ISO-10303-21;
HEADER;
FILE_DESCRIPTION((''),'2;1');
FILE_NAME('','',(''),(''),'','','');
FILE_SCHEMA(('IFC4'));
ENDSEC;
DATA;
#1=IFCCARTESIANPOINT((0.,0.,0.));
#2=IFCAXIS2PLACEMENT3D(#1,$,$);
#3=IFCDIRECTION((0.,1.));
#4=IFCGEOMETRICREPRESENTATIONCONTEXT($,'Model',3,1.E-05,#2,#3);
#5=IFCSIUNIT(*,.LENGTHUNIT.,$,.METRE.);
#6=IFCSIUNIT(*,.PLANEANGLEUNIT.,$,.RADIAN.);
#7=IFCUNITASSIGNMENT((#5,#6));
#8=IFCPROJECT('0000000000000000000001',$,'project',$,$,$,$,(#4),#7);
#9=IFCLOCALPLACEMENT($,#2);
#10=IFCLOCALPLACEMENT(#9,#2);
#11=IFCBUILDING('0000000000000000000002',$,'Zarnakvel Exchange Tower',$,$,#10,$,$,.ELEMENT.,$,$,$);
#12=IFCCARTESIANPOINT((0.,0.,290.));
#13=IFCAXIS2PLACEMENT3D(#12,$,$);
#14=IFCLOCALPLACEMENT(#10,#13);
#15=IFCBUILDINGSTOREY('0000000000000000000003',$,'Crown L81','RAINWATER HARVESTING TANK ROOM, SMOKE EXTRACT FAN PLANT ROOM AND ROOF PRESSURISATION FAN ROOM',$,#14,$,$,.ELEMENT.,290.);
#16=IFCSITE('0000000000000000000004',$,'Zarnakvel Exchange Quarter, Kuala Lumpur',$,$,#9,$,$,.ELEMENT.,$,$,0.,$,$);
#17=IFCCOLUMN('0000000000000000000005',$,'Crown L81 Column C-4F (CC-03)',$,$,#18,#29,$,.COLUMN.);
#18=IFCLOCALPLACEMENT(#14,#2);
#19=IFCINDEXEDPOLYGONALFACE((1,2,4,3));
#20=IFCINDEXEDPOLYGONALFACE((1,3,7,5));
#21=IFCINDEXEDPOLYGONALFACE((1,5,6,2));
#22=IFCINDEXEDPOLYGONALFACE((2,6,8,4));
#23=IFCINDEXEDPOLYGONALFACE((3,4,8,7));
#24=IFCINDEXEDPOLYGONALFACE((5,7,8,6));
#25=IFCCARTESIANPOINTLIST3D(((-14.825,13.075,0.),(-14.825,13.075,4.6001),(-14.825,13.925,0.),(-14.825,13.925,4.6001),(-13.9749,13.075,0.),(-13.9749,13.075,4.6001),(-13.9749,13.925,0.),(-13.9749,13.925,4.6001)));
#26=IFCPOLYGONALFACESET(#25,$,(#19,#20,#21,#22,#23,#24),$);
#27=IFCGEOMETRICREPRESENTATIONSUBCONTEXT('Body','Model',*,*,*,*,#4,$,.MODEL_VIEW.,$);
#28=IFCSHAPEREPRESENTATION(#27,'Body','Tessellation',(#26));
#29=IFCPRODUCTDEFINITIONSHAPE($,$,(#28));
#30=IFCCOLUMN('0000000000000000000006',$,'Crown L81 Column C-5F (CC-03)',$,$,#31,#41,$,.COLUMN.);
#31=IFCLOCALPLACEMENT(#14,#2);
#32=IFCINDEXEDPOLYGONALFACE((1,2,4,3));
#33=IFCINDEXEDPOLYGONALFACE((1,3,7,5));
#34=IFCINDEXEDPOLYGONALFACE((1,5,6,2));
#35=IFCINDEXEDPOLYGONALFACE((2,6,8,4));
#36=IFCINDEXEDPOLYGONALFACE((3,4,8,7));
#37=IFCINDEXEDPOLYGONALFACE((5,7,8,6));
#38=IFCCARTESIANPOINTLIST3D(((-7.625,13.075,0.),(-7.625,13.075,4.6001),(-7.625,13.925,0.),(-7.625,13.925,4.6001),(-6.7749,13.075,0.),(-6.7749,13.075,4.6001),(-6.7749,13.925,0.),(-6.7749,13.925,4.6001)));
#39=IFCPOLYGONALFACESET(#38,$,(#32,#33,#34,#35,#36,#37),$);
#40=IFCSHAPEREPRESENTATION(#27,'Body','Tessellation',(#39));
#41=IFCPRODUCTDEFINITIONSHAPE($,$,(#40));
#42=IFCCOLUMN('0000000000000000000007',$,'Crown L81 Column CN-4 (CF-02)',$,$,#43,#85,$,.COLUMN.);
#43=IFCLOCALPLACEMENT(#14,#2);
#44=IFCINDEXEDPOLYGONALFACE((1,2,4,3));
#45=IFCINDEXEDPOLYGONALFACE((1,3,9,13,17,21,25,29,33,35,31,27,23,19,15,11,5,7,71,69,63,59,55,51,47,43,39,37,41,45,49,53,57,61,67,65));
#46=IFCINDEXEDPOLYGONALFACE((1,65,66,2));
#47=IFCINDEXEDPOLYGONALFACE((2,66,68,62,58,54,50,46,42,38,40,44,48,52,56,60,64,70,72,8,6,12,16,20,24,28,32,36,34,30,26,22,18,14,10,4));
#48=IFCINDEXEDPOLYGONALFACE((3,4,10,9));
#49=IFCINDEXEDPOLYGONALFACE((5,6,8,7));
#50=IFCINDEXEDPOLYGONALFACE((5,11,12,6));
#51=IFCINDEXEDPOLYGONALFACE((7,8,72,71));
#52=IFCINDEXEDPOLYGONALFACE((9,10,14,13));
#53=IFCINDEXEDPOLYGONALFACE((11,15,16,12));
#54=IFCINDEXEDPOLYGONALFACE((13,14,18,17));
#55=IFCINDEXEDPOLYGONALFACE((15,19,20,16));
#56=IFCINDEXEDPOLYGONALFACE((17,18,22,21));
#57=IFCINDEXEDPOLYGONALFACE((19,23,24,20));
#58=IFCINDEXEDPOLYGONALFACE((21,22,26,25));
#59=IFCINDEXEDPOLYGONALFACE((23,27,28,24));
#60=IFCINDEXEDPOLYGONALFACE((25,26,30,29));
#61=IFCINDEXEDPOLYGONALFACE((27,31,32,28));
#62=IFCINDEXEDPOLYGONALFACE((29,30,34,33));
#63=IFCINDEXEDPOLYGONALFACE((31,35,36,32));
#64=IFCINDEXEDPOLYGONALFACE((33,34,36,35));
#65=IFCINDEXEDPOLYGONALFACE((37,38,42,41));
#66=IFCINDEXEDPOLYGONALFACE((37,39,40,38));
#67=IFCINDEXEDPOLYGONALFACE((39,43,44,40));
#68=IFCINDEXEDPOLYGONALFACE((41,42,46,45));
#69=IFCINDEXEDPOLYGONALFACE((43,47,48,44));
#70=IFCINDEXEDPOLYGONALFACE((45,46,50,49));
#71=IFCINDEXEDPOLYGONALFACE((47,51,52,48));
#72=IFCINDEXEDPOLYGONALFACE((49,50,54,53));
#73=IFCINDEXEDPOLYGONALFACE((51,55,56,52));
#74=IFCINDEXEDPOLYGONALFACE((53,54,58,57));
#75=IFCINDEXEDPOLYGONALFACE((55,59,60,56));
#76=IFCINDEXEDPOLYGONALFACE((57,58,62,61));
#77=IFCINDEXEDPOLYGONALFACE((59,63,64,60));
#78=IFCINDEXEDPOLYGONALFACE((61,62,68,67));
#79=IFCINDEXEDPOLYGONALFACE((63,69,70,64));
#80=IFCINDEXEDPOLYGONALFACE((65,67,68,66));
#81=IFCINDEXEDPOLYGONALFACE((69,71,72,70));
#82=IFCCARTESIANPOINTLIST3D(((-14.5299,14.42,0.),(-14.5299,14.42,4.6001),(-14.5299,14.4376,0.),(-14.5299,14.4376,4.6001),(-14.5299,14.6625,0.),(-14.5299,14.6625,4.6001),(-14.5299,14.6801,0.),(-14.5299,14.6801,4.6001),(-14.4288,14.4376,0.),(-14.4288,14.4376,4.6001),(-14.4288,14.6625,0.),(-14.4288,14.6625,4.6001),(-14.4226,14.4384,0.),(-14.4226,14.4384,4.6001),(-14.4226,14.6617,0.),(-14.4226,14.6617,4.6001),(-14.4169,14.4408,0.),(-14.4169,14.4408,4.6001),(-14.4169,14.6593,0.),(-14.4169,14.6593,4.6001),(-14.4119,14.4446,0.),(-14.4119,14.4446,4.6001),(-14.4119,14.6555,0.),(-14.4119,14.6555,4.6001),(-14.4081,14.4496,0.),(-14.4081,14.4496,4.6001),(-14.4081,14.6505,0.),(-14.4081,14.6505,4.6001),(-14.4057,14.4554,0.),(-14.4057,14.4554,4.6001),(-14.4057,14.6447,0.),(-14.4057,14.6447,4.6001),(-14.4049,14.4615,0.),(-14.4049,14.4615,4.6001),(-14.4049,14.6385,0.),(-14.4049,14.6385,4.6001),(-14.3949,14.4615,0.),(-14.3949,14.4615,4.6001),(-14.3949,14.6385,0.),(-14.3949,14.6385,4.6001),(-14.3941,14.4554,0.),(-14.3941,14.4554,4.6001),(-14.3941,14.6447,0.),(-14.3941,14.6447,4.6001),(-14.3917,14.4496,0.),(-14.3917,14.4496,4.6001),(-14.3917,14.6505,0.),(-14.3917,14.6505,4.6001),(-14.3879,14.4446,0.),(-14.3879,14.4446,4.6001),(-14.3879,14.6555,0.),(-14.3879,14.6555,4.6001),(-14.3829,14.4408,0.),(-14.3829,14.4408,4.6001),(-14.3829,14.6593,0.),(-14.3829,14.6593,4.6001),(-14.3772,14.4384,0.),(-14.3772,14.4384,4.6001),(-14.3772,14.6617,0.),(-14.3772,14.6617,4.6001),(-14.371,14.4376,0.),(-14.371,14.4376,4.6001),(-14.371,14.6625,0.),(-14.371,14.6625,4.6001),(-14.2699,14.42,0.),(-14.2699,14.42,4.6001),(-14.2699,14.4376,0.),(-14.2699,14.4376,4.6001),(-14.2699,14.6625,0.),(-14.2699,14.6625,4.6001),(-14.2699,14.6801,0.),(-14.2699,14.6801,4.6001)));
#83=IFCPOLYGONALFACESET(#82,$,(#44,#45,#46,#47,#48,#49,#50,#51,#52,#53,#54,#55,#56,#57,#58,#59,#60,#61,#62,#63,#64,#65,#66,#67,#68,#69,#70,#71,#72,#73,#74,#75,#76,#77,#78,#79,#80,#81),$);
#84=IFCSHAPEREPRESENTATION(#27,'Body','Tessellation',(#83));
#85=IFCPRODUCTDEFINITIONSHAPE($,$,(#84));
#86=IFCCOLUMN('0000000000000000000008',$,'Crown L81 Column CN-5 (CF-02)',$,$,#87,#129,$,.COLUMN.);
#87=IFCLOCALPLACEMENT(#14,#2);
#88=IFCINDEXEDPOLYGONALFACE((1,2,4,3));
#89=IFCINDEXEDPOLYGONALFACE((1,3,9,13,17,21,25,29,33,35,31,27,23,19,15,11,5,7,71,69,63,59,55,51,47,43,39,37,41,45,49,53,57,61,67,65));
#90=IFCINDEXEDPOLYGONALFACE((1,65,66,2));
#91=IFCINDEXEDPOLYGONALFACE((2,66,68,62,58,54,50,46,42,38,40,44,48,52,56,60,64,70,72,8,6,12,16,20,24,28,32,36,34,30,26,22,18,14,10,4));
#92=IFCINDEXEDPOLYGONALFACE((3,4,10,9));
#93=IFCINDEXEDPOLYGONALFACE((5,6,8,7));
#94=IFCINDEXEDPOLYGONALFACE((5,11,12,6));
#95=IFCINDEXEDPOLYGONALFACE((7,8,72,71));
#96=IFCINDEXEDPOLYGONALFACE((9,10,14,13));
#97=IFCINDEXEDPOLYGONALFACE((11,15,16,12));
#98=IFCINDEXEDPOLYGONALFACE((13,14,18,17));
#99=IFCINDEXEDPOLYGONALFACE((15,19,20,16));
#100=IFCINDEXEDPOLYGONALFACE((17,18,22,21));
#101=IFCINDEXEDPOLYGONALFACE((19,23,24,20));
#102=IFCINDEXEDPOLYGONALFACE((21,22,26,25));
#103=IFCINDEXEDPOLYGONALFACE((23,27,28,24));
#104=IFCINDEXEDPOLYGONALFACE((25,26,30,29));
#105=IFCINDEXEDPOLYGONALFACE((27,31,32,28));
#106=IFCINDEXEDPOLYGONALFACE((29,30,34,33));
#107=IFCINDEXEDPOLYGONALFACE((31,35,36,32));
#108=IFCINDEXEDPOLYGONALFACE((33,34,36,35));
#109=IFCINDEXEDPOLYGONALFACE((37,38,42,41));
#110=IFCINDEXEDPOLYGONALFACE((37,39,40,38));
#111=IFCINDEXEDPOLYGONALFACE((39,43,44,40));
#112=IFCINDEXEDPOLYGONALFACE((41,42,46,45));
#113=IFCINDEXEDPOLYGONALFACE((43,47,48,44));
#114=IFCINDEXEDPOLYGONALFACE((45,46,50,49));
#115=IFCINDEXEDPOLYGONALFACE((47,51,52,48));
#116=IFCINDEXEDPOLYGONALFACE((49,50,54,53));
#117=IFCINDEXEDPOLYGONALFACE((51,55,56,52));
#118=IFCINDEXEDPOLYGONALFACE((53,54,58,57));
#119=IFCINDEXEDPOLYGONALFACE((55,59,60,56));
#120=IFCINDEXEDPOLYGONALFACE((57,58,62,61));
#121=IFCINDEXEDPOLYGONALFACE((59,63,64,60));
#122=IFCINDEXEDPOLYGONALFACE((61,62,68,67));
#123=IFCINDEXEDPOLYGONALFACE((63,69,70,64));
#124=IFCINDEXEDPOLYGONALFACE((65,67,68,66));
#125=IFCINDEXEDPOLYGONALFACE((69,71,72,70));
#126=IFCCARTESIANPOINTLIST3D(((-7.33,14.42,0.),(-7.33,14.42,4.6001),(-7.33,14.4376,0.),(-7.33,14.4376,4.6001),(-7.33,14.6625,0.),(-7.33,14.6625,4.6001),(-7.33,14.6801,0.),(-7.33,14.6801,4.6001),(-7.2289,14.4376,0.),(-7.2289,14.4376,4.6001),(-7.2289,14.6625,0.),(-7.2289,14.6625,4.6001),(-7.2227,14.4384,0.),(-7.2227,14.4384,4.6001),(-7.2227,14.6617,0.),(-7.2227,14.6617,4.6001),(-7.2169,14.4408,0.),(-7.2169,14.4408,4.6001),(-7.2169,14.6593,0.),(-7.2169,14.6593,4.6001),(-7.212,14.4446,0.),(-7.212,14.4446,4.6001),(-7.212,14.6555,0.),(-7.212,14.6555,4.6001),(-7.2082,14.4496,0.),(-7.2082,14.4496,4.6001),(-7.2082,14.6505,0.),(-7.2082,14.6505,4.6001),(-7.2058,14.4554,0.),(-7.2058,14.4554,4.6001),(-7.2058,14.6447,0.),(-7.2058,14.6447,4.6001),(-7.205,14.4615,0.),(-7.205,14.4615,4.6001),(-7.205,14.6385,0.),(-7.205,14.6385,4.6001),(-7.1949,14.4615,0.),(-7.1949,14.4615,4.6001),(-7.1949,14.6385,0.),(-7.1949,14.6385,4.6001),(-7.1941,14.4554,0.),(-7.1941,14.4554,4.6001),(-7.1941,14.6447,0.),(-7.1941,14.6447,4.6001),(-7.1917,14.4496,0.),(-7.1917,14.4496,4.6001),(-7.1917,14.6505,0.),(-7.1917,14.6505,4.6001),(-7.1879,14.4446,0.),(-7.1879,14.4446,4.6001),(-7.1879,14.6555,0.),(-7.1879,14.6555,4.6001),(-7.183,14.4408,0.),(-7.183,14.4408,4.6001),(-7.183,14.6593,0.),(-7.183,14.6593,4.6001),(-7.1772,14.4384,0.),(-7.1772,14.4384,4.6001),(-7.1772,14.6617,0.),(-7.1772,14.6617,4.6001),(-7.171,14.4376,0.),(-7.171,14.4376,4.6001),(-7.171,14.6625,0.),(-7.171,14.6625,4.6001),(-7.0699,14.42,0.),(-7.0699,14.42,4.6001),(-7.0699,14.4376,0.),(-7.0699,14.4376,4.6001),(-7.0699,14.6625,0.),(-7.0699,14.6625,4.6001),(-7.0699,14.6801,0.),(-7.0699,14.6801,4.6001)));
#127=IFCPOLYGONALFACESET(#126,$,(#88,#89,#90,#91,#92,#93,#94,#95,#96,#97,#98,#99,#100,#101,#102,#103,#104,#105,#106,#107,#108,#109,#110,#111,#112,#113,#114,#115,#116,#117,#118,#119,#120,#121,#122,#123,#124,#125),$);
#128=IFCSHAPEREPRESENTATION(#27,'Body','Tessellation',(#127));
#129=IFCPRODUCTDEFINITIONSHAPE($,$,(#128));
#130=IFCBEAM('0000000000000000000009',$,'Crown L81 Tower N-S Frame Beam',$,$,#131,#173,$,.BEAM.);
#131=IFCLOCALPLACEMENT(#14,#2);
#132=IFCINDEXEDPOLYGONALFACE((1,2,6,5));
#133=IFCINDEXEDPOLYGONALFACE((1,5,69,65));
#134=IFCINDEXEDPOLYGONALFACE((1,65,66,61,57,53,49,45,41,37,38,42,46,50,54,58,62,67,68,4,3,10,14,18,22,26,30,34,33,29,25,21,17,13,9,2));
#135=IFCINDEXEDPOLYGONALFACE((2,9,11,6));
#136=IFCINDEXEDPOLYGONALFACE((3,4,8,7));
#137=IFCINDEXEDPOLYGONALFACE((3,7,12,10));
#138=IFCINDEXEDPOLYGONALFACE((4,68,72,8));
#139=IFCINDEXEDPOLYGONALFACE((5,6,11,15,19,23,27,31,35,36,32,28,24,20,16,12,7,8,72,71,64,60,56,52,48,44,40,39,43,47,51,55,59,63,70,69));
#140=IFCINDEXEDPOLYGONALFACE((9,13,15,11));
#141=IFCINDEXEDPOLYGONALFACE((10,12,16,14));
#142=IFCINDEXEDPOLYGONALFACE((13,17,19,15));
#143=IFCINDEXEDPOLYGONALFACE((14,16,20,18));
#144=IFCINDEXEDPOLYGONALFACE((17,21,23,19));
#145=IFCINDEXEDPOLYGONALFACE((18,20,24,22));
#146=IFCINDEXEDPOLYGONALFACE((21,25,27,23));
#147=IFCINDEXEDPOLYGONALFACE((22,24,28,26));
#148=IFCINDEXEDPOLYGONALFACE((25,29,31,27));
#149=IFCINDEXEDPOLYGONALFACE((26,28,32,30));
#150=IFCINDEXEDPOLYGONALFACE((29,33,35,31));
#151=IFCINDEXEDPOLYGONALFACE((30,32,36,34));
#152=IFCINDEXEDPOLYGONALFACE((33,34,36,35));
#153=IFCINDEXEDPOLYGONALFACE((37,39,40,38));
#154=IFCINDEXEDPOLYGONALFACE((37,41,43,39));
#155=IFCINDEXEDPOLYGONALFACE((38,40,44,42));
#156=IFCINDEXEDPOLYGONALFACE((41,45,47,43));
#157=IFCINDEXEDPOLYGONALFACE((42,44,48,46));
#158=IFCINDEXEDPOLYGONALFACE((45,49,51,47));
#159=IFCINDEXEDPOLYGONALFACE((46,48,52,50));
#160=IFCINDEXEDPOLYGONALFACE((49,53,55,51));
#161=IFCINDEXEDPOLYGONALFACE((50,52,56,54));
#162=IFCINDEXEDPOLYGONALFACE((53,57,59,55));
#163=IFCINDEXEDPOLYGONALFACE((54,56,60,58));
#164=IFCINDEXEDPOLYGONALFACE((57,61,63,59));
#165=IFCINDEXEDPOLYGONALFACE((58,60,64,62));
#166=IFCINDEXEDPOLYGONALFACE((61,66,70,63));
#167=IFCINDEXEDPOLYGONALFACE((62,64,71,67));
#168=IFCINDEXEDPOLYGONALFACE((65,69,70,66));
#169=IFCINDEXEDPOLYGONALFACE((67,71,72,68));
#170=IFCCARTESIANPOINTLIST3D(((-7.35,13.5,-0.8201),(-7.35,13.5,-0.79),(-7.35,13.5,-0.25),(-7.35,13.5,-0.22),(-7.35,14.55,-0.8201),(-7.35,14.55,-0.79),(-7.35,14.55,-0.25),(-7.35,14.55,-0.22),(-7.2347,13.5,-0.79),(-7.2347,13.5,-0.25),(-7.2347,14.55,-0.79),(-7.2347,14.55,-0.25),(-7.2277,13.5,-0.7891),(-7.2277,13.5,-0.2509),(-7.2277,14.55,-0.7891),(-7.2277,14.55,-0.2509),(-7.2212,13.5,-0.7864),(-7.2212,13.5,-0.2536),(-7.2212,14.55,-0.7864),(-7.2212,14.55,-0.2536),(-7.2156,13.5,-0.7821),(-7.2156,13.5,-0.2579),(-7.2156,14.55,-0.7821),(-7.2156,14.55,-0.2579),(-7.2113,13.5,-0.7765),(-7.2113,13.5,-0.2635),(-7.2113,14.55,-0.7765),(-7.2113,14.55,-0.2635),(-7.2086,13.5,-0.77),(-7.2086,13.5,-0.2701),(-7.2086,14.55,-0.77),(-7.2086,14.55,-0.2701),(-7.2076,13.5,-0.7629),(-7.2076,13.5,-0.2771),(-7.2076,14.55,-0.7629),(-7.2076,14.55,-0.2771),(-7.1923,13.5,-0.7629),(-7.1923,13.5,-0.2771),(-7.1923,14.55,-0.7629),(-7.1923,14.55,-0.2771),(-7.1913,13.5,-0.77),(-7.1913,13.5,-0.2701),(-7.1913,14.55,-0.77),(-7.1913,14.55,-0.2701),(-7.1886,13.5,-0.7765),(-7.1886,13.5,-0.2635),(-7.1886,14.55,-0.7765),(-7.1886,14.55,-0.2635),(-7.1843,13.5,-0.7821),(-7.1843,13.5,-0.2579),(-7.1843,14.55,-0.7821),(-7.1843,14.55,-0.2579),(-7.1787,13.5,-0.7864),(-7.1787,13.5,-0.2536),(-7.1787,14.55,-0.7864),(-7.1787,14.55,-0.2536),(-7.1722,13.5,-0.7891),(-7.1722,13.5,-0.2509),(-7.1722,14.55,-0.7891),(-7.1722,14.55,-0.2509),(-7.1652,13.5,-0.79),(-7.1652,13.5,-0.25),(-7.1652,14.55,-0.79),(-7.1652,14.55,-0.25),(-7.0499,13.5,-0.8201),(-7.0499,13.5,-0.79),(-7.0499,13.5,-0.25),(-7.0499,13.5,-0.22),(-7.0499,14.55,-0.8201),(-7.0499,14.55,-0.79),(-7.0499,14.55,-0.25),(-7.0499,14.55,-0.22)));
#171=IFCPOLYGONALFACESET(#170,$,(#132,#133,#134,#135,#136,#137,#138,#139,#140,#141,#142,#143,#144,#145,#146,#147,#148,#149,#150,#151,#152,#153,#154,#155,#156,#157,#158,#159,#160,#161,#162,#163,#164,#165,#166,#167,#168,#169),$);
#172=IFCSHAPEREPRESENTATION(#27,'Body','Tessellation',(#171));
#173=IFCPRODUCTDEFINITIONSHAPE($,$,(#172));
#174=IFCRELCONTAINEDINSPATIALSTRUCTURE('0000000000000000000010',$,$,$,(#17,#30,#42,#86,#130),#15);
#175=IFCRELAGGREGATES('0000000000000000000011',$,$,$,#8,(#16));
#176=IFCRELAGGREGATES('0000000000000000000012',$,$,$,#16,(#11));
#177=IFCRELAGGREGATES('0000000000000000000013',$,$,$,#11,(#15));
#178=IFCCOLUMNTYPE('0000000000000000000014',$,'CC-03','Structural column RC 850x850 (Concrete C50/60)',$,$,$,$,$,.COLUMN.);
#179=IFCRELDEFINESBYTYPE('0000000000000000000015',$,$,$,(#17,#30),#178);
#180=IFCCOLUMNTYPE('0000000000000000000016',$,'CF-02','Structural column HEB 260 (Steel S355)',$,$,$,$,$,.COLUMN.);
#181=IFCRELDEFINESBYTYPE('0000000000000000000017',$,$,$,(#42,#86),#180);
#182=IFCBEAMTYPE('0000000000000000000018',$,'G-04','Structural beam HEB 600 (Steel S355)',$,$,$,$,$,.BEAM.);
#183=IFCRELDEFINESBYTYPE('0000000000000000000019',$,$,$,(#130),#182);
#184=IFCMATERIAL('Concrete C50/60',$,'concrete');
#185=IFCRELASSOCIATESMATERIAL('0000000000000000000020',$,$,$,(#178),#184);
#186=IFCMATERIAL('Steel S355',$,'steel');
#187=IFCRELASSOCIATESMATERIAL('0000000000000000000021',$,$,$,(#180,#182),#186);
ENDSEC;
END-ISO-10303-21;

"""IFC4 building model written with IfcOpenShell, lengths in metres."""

from ifc_helpers import new_model, si_unit, direction, frame, origin, origin_2d, place, context, subcontext, project, spatial, rectangle, i_section, extrude, material, material_profile, profile_set, type_object, element, save


model = new_model("IFC4")

# Units and contexts
model_context = context("Model", 3, precision=1e-05, world=origin(), true_north=direction((0.0, 1.0)))
body_context = subcontext(model_context, "Body", "Model", "MODEL_VIEW")
ifc_project = project(units=[si_unit("LENGTHUNIT", "METRE"), si_unit("PLANEANGLEUNIT", "RADIAN")], contexts=[model_context])

# Site, building, storey
site_placement = place(None, origin())
site = spatial("IfcSite", under=ifc_project, at=site_placement, Name="Zarnakvel Exchange Quarter, Kuala Lumpur", CompositionType="ELEMENT", RefElevation=0.0)
building_placement = place(site_placement, origin())
building = spatial("IfcBuilding", under=site, at=building_placement, Name="Zarnakvel Exchange Tower", CompositionType="ELEMENT")
storey_placement = place(building_placement, frame((0.0, 0.0, 290.0)))
storey = spatial("IfcBuildingStorey", under=building, at=storey_placement, Name="Crown L81", Description="RAINWATER HARVESTING TANK ROOM, SMOKE EXTRACT FAN PLANT ROOM AND ROOF PRESSURISATION FAN ROOM", CompositionType="ELEMENT", Elevation=290.0)

# Columns
ifc_material_1 = material(Name="Concrete C50/60", Category="concrete")
ifc_material_profile_1 = material_profile(ifc_material_1, rectangle(XDim=0.8501, YDim=0.8501, at=origin_2d()))
ifc_profile_set_1 = profile_set([ifc_material_profile_1], Name="Concrete C50/60")
column_type_1 = type_object("IfcColumnType", Name="CC-03", Description="Structural column RC 850x850 (Concrete C50/60)", PredefinedType="COLUMN", material=ifc_profile_set_1)
for number, where, z_axis, x_axis, name in (
    (1, (-14.3999, 13.5, 0.0), (0.0, 0.0, 1.0), (1.0, 0.0, 0.0), "Crown L81 Column C-4F (CC-03)"),
    (2, (-7.2, 13.5, 0.0), (0.0, 0.0, 1.0), (1.0, 0.0, 0.0), "Crown L81 Column C-5F (CC-03)"),
):
    element("IfcColumn", number, at=place(storey_placement, frame(where, z_axis=z_axis, x_axis=x_axis)), inside=storey, type_object=column_type_1, Name=name, PredefinedType="COLUMN", context=body_context, shape_type="SweptSolid", body=[
        extrude(rectangle(XDim=0.8501, YDim=0.8501, at=origin_2d()), origin(), (0.0, 0.0, 1.0), 4.6001),
    ])
ifc_material_2 = material(Name="Steel S355", Category="steel")
ifc_material_profile_2 = material_profile(ifc_material_2, i_section(OverallWidth=0.26, OverallDepth=0.26, WebThickness=0.01, FlangeThickness=0.0176, FilletRadius=0.0239, at=origin_2d()))
ifc_profile_set_2 = profile_set([ifc_material_profile_2], Name="Steel S355")
column_type_2 = type_object("IfcColumnType", Name="CF-02", Description="Structural column HEB 260 (Steel S355)", PredefinedType="COLUMN", material=ifc_profile_set_2)
for number, where, z_axis, x_axis, name in (
    (3, (-14.3999, 14.55, 0.0), (0.0, 0.0, 1.0), (1.0, 0.0, 0.0), "Crown L81 Column CN-4 (CF-02)"),
    (4, (-7.2, 14.55, 0.0), (0.0, 0.0, 1.0), (1.0, 0.0, 0.0), "Crown L81 Column CN-5 (CF-02)"),
):
    element("IfcColumn", number, at=place(storey_placement, frame(where, z_axis=z_axis, x_axis=x_axis)), inside=storey, type_object=column_type_2, Name=name, PredefinedType="COLUMN", context=body_context, shape_type="SweptSolid", body=[
        extrude(i_section(OverallWidth=0.26, OverallDepth=0.26, WebThickness=0.01, FlangeThickness=0.0176, FilletRadius=0.0239, at=origin_2d()), origin(), (0.0, 0.0, 1.0), 4.6001),
    ])

# Beam
ifc_material_profile_3 = material_profile(ifc_material_2, i_section(OverallWidth=0.3, OverallDepth=0.6001, WebThickness=0.0154, FlangeThickness=0.03, FilletRadius=0.0271, at=origin_2d()))
ifc_profile_set_3 = profile_set([ifc_material_profile_3], Name="Steel S355")
beam_type_1 = type_object("IfcBeamType", Name="G-04", Description="Structural beam HEB 600 (Steel S355)", PredefinedType="BEAM", material=ifc_profile_set_3)
beam_1_placement = place(storey_placement, frame((-7.2, 13.5, -0.52), z_axis=(0.0, 1.0, 0.0), x_axis=(-1.0, 0.0, 0.0)))
element("IfcBeam", 5, at=beam_1_placement, inside=storey, type_object=beam_type_1, Name="Crown L81 Tower N-S Frame Beam", PredefinedType="BEAM", context=body_context, shape_type="SweptSolid", body=[
    extrude(i_section(OverallWidth=0.3, OverallDepth=0.6001, WebThickness=0.0154, FlangeThickness=0.03, FilletRadius=0.0271, at=origin_2d()), origin(), (0.0, 0.0, 1.0), 1.05),
])

save(model, "model.ifc")
